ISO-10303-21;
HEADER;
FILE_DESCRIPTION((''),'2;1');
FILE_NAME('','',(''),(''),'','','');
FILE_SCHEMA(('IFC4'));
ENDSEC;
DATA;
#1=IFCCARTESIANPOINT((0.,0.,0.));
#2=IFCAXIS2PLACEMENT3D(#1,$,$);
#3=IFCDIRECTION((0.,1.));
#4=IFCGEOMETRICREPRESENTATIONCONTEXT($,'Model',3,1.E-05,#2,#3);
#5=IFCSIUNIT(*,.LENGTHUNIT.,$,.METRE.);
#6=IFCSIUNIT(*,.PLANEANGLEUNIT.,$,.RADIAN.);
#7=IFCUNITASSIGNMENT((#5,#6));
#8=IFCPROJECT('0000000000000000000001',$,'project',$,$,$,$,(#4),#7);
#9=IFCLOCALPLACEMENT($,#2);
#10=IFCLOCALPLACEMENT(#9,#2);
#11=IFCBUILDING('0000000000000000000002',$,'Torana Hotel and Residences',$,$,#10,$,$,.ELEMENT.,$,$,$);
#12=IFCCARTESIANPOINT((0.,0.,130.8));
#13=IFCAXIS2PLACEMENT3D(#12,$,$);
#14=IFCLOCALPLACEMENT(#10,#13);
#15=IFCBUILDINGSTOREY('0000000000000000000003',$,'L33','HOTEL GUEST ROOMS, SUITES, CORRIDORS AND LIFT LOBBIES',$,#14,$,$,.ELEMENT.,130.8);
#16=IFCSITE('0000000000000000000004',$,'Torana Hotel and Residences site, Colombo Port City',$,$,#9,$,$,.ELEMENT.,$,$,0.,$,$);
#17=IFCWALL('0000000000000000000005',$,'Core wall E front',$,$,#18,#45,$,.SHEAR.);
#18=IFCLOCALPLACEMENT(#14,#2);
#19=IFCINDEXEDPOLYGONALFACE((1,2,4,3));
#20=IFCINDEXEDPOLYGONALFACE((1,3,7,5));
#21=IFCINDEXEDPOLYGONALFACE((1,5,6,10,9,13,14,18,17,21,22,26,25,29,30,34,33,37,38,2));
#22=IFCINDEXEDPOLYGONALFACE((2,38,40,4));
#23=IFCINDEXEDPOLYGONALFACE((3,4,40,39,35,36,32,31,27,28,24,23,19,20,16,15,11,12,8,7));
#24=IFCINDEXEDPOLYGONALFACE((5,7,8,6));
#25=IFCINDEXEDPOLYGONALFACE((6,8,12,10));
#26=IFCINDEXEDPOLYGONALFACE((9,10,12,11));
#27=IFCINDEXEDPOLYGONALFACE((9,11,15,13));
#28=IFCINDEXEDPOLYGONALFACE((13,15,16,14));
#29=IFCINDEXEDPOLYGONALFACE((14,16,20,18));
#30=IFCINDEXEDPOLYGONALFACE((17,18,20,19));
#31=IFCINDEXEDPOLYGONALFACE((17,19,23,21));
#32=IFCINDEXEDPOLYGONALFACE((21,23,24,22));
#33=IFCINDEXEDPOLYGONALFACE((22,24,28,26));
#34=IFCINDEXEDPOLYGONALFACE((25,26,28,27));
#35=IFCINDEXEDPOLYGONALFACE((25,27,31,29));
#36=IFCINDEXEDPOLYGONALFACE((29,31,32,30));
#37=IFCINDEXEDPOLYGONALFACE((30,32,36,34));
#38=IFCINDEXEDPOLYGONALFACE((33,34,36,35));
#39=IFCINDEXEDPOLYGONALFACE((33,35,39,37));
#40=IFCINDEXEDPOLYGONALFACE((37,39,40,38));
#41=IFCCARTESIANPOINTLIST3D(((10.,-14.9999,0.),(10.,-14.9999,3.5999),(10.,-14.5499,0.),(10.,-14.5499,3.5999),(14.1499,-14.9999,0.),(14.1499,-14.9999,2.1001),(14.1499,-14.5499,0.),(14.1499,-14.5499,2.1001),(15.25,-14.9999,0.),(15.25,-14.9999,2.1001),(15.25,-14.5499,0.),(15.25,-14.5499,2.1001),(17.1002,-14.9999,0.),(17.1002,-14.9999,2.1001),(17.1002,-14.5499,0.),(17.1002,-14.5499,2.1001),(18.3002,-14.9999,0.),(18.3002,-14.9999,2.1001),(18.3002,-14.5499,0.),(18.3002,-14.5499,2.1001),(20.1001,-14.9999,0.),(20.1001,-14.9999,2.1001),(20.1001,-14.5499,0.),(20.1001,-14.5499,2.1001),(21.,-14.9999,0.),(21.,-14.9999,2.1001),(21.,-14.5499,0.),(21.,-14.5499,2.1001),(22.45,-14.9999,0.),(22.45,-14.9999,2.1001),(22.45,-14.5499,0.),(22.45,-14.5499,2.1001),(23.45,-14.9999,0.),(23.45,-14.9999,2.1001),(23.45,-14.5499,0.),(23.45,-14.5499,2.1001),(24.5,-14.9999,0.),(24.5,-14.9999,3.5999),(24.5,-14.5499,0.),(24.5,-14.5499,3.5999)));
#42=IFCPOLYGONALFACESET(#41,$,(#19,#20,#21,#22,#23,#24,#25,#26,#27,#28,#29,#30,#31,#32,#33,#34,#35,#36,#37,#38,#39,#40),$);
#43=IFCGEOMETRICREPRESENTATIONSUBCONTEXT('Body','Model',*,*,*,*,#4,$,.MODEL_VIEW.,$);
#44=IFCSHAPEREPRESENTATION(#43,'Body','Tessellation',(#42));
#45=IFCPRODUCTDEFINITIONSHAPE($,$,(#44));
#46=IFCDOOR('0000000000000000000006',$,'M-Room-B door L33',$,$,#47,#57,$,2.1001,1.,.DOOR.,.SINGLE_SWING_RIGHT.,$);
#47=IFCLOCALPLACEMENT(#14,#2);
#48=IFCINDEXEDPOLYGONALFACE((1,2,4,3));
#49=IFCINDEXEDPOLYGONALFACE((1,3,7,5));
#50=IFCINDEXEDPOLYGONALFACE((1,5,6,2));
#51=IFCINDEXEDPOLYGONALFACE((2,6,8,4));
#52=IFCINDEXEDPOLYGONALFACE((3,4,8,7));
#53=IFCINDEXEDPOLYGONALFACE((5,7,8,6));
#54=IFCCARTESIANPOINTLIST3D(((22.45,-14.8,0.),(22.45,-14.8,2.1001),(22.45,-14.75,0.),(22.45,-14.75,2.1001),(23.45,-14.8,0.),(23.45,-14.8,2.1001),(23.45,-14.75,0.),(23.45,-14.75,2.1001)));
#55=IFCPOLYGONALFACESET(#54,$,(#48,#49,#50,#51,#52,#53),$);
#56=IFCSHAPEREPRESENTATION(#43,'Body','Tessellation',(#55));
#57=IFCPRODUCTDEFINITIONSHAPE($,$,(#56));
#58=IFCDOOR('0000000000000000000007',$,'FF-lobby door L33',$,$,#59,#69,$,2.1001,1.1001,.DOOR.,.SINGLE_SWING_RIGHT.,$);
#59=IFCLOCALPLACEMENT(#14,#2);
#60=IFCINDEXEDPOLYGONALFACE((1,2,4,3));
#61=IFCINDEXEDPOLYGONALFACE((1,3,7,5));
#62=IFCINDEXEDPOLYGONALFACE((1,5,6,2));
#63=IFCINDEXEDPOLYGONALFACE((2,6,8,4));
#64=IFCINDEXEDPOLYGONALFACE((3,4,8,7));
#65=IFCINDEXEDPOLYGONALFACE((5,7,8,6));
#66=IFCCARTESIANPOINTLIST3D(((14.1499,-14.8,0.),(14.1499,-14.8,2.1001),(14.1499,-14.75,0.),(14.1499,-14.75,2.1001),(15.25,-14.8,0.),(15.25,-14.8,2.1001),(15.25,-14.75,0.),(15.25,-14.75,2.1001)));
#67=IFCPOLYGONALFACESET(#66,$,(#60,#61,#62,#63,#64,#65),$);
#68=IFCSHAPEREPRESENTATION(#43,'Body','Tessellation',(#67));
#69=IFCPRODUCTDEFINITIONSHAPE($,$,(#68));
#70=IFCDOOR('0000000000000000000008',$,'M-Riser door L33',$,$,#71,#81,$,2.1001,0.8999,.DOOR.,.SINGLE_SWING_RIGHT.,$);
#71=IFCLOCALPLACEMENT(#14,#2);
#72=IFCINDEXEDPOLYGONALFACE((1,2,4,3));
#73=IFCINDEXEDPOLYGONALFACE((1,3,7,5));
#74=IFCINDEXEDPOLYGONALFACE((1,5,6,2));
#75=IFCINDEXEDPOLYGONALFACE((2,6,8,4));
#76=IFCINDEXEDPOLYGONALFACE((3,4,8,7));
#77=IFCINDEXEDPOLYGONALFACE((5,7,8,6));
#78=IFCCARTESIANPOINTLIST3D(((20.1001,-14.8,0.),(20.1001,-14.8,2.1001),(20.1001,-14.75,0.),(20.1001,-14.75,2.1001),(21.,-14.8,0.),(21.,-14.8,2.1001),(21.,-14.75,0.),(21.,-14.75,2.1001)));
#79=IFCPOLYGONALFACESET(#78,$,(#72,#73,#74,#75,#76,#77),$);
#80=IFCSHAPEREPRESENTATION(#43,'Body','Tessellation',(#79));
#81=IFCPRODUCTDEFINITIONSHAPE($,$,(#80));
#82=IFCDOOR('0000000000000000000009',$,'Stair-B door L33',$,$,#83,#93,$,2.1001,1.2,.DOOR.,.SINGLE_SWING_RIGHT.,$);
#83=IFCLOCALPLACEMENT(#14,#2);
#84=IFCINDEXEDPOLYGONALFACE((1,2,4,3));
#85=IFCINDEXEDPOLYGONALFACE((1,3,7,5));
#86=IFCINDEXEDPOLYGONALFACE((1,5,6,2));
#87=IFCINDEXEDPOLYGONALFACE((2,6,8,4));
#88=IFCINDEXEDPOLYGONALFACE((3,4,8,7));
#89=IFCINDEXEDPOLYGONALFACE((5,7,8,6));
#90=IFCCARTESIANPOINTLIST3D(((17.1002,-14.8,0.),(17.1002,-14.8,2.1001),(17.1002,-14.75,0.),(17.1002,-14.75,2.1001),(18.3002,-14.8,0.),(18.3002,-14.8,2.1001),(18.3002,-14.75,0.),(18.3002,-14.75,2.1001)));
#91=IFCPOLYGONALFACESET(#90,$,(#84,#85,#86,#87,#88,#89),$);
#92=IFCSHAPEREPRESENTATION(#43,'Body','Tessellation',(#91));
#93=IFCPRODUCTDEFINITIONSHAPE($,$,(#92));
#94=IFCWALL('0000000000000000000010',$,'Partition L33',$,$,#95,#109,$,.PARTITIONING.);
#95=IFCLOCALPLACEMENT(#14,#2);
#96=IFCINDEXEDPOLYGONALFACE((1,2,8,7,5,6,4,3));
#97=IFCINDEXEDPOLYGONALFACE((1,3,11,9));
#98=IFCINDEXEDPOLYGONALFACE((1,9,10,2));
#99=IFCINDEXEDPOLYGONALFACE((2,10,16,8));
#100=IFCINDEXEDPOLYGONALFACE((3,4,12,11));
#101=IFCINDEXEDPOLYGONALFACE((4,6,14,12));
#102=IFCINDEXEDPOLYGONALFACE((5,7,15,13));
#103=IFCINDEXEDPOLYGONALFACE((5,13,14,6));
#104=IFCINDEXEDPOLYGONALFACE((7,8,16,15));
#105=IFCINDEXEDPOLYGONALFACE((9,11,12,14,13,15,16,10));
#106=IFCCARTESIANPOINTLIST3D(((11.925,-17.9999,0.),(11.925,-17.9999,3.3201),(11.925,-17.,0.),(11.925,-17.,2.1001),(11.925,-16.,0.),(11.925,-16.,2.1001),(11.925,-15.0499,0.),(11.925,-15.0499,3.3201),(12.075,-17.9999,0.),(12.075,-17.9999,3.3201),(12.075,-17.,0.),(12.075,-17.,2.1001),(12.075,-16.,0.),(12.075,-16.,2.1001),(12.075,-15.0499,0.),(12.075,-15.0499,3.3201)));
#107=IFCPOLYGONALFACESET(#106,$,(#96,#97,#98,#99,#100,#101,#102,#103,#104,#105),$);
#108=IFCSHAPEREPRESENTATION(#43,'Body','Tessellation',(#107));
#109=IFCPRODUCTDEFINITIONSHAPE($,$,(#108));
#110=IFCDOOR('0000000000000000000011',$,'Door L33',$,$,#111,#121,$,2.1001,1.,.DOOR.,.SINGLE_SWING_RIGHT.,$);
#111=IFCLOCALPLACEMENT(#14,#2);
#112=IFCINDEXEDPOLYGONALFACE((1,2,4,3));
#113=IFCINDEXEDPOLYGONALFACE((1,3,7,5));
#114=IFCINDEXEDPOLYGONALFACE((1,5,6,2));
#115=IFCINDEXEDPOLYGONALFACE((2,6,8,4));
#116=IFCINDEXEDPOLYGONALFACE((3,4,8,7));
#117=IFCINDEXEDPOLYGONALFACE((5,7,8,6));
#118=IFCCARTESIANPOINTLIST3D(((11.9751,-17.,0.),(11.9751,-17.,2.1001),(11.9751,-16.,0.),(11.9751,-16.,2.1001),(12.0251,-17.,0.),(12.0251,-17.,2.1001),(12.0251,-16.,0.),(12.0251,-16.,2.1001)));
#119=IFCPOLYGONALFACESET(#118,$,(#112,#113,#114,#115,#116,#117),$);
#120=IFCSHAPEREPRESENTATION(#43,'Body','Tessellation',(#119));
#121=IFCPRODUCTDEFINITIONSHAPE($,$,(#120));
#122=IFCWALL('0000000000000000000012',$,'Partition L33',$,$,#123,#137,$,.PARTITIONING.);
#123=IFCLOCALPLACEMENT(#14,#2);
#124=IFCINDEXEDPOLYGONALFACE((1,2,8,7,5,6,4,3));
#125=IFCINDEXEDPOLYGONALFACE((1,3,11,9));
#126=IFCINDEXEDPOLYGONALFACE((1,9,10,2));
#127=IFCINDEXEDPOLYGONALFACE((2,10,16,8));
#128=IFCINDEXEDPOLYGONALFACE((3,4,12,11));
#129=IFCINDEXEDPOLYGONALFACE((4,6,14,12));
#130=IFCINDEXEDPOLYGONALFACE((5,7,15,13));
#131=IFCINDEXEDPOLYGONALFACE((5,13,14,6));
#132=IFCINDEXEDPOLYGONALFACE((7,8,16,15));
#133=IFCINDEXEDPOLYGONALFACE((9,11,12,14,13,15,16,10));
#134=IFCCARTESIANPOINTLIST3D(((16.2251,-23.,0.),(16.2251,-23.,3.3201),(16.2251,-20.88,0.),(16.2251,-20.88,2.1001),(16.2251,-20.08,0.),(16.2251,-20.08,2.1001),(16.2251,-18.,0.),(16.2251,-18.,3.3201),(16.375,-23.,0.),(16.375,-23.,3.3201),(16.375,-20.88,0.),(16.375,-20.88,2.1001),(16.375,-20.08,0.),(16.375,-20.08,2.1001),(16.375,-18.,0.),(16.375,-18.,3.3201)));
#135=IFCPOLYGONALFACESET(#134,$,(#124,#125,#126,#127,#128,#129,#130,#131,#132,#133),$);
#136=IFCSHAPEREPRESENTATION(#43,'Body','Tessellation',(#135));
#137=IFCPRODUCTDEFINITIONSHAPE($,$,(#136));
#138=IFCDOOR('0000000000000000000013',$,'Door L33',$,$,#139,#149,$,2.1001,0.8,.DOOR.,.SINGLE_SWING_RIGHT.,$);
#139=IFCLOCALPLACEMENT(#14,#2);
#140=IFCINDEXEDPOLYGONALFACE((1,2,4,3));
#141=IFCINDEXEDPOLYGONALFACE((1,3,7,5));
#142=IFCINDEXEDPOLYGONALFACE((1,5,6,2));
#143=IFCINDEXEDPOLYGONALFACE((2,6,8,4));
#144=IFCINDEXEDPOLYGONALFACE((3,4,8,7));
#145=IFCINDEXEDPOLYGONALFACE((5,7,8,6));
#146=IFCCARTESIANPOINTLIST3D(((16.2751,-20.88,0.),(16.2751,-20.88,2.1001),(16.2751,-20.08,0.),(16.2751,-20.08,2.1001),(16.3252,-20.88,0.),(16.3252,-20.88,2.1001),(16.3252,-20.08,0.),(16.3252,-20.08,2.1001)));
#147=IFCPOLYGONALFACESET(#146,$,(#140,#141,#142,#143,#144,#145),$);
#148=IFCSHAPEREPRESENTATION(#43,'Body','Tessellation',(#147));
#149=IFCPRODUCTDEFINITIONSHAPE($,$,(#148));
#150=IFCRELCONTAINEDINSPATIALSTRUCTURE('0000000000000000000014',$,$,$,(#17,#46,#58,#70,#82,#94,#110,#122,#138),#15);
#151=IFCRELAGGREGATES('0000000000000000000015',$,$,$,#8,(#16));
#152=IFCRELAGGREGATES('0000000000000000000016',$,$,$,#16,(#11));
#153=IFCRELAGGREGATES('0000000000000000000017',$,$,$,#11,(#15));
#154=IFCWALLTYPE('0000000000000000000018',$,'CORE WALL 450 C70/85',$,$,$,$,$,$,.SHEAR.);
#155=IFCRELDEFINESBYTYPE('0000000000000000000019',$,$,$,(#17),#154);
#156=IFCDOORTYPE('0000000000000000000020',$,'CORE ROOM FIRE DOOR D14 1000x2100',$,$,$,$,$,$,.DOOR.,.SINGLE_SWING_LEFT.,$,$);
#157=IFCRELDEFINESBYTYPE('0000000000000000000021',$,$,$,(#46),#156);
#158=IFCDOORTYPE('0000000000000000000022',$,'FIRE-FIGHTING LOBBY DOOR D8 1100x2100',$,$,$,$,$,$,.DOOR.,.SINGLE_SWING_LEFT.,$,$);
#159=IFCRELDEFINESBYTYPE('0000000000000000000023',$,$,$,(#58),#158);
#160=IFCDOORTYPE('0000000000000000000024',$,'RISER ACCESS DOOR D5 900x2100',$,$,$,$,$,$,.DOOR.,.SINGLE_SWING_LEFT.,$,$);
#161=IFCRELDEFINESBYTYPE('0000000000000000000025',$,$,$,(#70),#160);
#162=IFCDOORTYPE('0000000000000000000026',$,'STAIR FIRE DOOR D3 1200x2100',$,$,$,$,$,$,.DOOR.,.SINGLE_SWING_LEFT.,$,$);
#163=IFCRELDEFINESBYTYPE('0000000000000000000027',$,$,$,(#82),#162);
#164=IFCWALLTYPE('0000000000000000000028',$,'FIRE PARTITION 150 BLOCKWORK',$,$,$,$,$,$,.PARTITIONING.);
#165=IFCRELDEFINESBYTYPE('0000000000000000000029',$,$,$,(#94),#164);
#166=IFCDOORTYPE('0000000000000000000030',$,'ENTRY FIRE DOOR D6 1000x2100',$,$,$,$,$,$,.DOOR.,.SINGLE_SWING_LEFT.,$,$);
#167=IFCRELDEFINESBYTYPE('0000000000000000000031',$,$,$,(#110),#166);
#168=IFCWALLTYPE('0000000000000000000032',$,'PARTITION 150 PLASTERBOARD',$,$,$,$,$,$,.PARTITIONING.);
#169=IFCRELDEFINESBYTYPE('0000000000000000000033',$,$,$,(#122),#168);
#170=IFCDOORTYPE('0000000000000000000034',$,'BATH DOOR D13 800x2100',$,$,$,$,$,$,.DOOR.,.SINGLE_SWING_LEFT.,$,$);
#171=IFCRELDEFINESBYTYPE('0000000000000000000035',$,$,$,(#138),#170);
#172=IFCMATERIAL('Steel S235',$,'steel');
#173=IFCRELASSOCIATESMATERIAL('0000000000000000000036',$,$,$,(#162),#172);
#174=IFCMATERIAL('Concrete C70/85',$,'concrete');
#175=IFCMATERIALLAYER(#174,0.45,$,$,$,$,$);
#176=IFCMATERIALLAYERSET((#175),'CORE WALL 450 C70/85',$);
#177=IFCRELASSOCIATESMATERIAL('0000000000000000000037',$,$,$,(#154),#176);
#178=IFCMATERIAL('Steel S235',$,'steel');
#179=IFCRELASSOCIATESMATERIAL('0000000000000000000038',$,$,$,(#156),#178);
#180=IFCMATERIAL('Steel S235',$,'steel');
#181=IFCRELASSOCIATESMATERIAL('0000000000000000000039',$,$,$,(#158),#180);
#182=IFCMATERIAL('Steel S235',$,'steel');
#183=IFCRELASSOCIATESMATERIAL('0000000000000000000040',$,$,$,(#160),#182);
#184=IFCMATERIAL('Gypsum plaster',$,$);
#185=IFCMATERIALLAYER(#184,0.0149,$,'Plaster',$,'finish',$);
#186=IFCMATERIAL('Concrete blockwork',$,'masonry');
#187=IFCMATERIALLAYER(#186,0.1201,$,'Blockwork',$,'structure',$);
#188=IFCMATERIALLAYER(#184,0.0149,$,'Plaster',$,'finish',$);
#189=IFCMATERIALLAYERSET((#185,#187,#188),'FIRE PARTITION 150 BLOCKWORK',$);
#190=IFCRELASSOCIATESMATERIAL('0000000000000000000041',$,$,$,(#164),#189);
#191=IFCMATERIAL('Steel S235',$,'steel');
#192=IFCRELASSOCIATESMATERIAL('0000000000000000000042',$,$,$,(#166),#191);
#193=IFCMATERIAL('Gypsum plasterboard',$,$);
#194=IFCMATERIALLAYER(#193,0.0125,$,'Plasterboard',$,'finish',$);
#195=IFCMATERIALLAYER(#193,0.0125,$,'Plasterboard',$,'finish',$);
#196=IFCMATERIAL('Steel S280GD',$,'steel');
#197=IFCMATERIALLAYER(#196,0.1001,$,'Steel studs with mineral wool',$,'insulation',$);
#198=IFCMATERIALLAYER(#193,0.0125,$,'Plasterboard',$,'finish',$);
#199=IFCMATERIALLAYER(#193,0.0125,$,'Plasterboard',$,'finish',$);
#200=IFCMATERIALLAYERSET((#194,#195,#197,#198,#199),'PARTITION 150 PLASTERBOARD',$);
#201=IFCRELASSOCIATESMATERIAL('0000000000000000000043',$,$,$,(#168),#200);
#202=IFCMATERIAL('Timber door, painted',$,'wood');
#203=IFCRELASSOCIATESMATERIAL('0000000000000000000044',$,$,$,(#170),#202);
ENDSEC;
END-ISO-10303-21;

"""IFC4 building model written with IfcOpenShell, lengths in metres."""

from ifc_helpers import new_model, si_unit, direction, frame, frame_2d, origin, place, context, subcontext, project, spatial, rectangle, extrude, material, layer, layer_set, type_object, element, fill, save


model = new_model("IFC4")

# Units and contexts
model_context = context("Model", 3, precision=1e-05, world=origin(), true_north=direction((0.0, 1.0)))
body_context = subcontext(model_context, "Body", "Model", "MODEL_VIEW")
ifc_project = project(units=[si_unit("LENGTHUNIT", "METRE"), si_unit("PLANEANGLEUNIT", "RADIAN")], contexts=[model_context])

# Site, building, storey
site_placement = place(None, origin())
site = spatial("IfcSite", under=ifc_project, at=site_placement, Name="Torana Hotel and Residences site, Colombo Port City", CompositionType="ELEMENT", RefElevation=0.0)
building_placement = place(site_placement, origin())
building = spatial("IfcBuilding", under=site, at=building_placement, Name="Torana Hotel and Residences", CompositionType="ELEMENT")
storey_placement = place(building_placement, frame((0.0, 0.0, 130.8)))
storey = spatial("IfcBuildingStorey", under=building, at=storey_placement, Name="L33", Description="HOTEL GUEST ROOMS, SUITES, CORRIDORS AND LIFT LOBBIES", CompositionType="ELEMENT", Elevation=130.8)

# Shared definitions
ifc_material_1 = material(Name="Steel S235", Category="steel")
door_type_1 = type_object("IfcDoorType", Name="STAIR FIRE DOOR D3 1200x2100", OperationType="SINGLE_SWING_LEFT", PredefinedType="DOOR", material=ifc_material_1)

# Wall, openings, doors
ifc_material_2 = material(Name="Concrete C70/85", Category="concrete")
ifc_layer_1 = layer(ifc_material_2, 0.45)
ifc_layer_set_1 = layer_set([ifc_layer_1], Name="CORE WALL 450 C70/85")
wall_type_1 = type_object("IfcWallType", Name="CORE WALL 450 C70/85", PredefinedType="SHEAR", material=ifc_layer_set_1)
wall_1_placement = place(storey_placement, frame((10.0, -14.7749, 0.0), z_axis=(0.0, 0.0, 1.0), x_axis=(1.0, 0.0, 0.0)))
wall_1 = element("IfcWall", 1, at=wall_1_placement, inside=storey, type_object=wall_type_1, Name="Core wall E front", PredefinedType="SHEAR", context=body_context, shape_type="SweptSolid", body=[
    extrude(rectangle(XDim=14.5, YDim=0.45, at=frame_2d((7.25, 0.0))), origin(), (0.0, 0.0, 1.0), 3.5999),
])
opening_1_placement = place(wall_1_placement, frame((7.1001, 0.0, 0.0)))
opening_1 = element("IfcOpeningElement", 2, at=opening_1_placement, cuts=wall_1, PredefinedType="OPENING", context=body_context, shape_type="SweptSolid", body=[
    extrude(rectangle(XDim=1.2, YDim=2.1001, at=frame_2d((0.6001, 1.05))), frame((0.0, 0.2349, 0.0), z_axis=(0.0, -1.0, 0.0), x_axis=(1.0, 0.0, 0.0)), (0.0, 0.0, 1.0), 0.47),
])
opening_2_placement = place(wall_1_placement, frame((4.1499, 0.0, 0.0)))
opening_2 = element("IfcOpeningElement", 3, at=opening_2_placement, cuts=wall_1, PredefinedType="OPENING", context=body_context, shape_type="SweptSolid", body=[
    extrude(rectangle(XDim=1.1001, YDim=2.1001, at=frame_2d((0.55, 1.05))), frame((0.0, 0.2349, 0.0), z_axis=(0.0, -1.0, 0.0), x_axis=(1.0, 0.0, 0.0)), (0.0, 0.0, 1.0), 0.47),
])
opening_3_placement = place(wall_1_placement, frame((10.1001, 0.0, 0.0)))
opening_3 = element("IfcOpeningElement", 4, at=opening_3_placement, cuts=wall_1, PredefinedType="OPENING", context=body_context, shape_type="SweptSolid", body=[
    extrude(rectangle(XDim=0.8999, YDim=2.1001, at=frame_2d((0.45, 1.05))), frame((0.0, 0.2349, 0.0), z_axis=(0.0, -1.0, 0.0), x_axis=(1.0, 0.0, 0.0)), (0.0, 0.0, 1.0), 0.47),
])
opening_4_placement = place(wall_1_placement, frame((12.45, 0.0, 0.0)))
opening_4 = element("IfcOpeningElement", 5, at=opening_4_placement, cuts=wall_1, PredefinedType="OPENING", context=body_context, shape_type="SweptSolid", body=[
    extrude(rectangle(XDim=1.0, YDim=2.1001, at=frame_2d((0.5, 1.05))), frame((0.0, 0.2349, 0.0), z_axis=(0.0, -1.0, 0.0), x_axis=(1.0, 0.0, 0.0)), (0.0, 0.0, 1.0), 0.47),
])
ifc_material_3 = material(Name="Steel S235", Category="steel")
door_type_2 = type_object("IfcDoorType", Name="CORE ROOM FIRE DOOR D14 1000x2100", OperationType="SINGLE_SWING_LEFT", PredefinedType="DOOR", material=ifc_material_3)
door_1_placement = place(opening_4_placement, origin())
door_1 = element("IfcDoor", 6, at=door_1_placement, inside=storey, type_object=door_type_2, Name="M-Room-B door L33", OperationType="SINGLE_SWING_RIGHT", OverallHeight=2.1001, OverallWidth=1.0, PredefinedType="DOOR", context=body_context, shape_type="SweptSolid", body=[
    extrude(rectangle(XDim=1.0, YDim=2.1001, at=frame_2d((0.5, 1.05))), frame((0.0, 0.0249, 0.0), z_axis=(0.0, -1.0, 0.0), x_axis=(1.0, 0.0, 0.0)), (0.0, 0.0, 1.0), 0.05),
])
fill(opening_4, door_1)
ifc_material_4 = material(Name="Steel S235", Category="steel")
door_type_3 = type_object("IfcDoorType", Name="FIRE-FIGHTING LOBBY DOOR D8 1100x2100", OperationType="SINGLE_SWING_LEFT", PredefinedType="DOOR", material=ifc_material_4)
door_2_placement = place(opening_2_placement, origin())
door_2 = element("IfcDoor", 7, at=door_2_placement, inside=storey, type_object=door_type_3, Name="FF-lobby door L33", OperationType="SINGLE_SWING_RIGHT", OverallHeight=2.1001, OverallWidth=1.1001, PredefinedType="DOOR", context=body_context, shape_type="SweptSolid", body=[
    extrude(rectangle(XDim=1.1001, YDim=2.1001, at=frame_2d((0.55, 1.05))), frame((0.0, 0.0249, 0.0), z_axis=(0.0, -1.0, 0.0), x_axis=(1.0, 0.0, 0.0)), (0.0, 0.0, 1.0), 0.05),
])
fill(opening_2, door_2)
ifc_material_5 = material(Name="Steel S235", Category="steel")
door_type_4 = type_object("IfcDoorType", Name="RISER ACCESS DOOR D5 900x2100", OperationType="SINGLE_SWING_LEFT", PredefinedType="DOOR", material=ifc_material_5)
door_3_placement = place(opening_3_placement, origin())
door_3 = element("IfcDoor", 8, at=door_3_placement, inside=storey, type_object=door_type_4, Name="M-Riser door L33", OperationType="SINGLE_SWING_RIGHT", OverallHeight=2.1001, OverallWidth=0.8999, PredefinedType="DOOR", context=body_context, shape_type="SweptSolid", body=[
    extrude(rectangle(XDim=0.8999, YDim=2.1001, at=frame_2d((0.45, 1.05))), frame((0.0, 0.0249, 0.0), z_axis=(0.0, -1.0, 0.0), x_axis=(1.0, 0.0, 0.0)), (0.0, 0.0, 1.0), 0.05),
])
fill(opening_3, door_3)
door_4_placement = place(opening_1_placement, origin())
door_4 = element("IfcDoor", 9, at=door_4_placement, inside=storey, type_object=door_type_1, Name="Stair-B door L33", OperationType="SINGLE_SWING_RIGHT", OverallHeight=2.1001, OverallWidth=1.2, PredefinedType="DOOR", context=body_context, shape_type="SweptSolid", body=[
    extrude(rectangle(XDim=1.2, YDim=2.1001, at=frame_2d((0.6001, 1.05))), frame((0.0, 0.0249, 0.0), z_axis=(0.0, -1.0, 0.0), x_axis=(1.0, 0.0, 0.0)), (0.0, 0.0, 1.0), 0.05),
])
fill(opening_1, door_4)

# Walls, openings, doors
ifc_material_6 = material(Name="Gypsum plaster")
ifc_layer_2 = layer(ifc_material_6, 0.0149, Name="Plaster", Category="finish")
ifc_material_7 = material(Name="Concrete blockwork", Category="masonry")
ifc_layer_3 = layer(ifc_material_7, 0.1201, Name="Blockwork", Category="structure")
ifc_layer_4 = layer(ifc_material_6, 0.0149, Name="Plaster", Category="finish")
ifc_layer_set_2 = layer_set([ifc_layer_2, ifc_layer_3, ifc_layer_4], Name="FIRE PARTITION 150 BLOCKWORK")
wall_type_2 = type_object("IfcWallType", Name="FIRE PARTITION 150 BLOCKWORK", PredefinedType="PARTITIONING", material=ifc_layer_set_2)
wall_2_placement = place(storey_placement, frame((12.0, -18.0, 0.0), z_axis=(0.0, 0.0, 1.0), x_axis=(0.0, 1.0, 0.0)))
wall_2 = element("IfcWall", 10, at=wall_2_placement, inside=storey, type_object=wall_type_2, Name="Partition L33", PredefinedType="PARTITIONING", context=body_context, shape_type="SweptSolid", body=[
    extrude(rectangle(XDim=2.95, YDim=0.1499, at=frame_2d((1.4751, 0.0))), origin(), (0.0, 0.0, 1.0), 3.3201),
])
opening_5_placement = place(wall_2_placement, frame((1.0, 0.0, 0.0)))
opening_5 = element("IfcOpeningElement", 11, at=opening_5_placement, cuts=wall_2, PredefinedType="OPENING", context=body_context, shape_type="SweptSolid", body=[
    extrude(rectangle(XDim=1.0, YDim=2.1001, at=frame_2d((0.5, 1.05))), frame((0.0, 0.085, 0.0), z_axis=(0.0, -1.0, 0.0), x_axis=(1.0, 0.0, 0.0)), (0.0, 0.0, 1.0), 0.1699),
])
ifc_material_8 = material(Name="Steel S235", Category="steel")
door_type_5 = type_object("IfcDoorType", Name="ENTRY FIRE DOOR D6 1000x2100", OperationType="SINGLE_SWING_LEFT", PredefinedType="DOOR", material=ifc_material_8)
door_5_placement = place(opening_5_placement, origin())
door_5 = element("IfcDoor", 12, at=door_5_placement, inside=storey, type_object=door_type_5, Name="Door L33", OperationType="SINGLE_SWING_RIGHT", OverallHeight=2.1001, OverallWidth=1.0, PredefinedType="DOOR", context=body_context, shape_type="SweptSolid", body=[
    extrude(rectangle(XDim=1.0, YDim=2.1001, at=frame_2d((0.5, 1.05))), frame((0.0, 0.0249, 0.0), z_axis=(0.0, -1.0, 0.0), x_axis=(1.0, 0.0, 0.0)), (0.0, 0.0, 1.0), 0.05),
])
fill(opening_5, door_5)
ifc_material_9 = material(Name="Gypsum plasterboard")
ifc_layer_5 = layer(ifc_material_9, 0.0125, Name="Plasterboard", Category="finish")
ifc_layer_6 = layer(ifc_material_9, 0.0125, Name="Plasterboard", Category="finish")
ifc_material_10 = material(Name="Steel S280GD", Category="steel")
ifc_layer_7 = layer(ifc_material_10, 0.1001, Name="Steel studs with mineral wool", Category="insulation")
ifc_layer_8 = layer(ifc_material_9, 0.0125, Name="Plasterboard", Category="finish")
ifc_layer_9 = layer(ifc_material_9, 0.0125, Name="Plasterboard", Category="finish")
ifc_layer_set_3 = layer_set([ifc_layer_5, ifc_layer_6, ifc_layer_7, ifc_layer_8, ifc_layer_9], Name="PARTITION 150 PLASTERBOARD")
wall_type_3 = type_object("IfcWallType", Name="PARTITION 150 PLASTERBOARD", PredefinedType="PARTITIONING", material=ifc_layer_set_3)
wall_3_placement = place(storey_placement, frame((16.3, -23.0, 0.0), z_axis=(0.0, 0.0, 1.0), x_axis=(0.0, 1.0, 0.0)))
wall_3 = element("IfcWall", 13, at=wall_3_placement, inside=storey, type_object=wall_type_3, Name="Partition L33", PredefinedType="PARTITIONING", context=body_context, shape_type="SweptSolid", body=[
    extrude(rectangle(XDim=5.0, YDim=0.1499, at=frame_2d((2.5, 0.0))), origin(), (0.0, 0.0, 1.0), 3.3201),
])
opening_6_placement = place(wall_3_placement, frame((2.1201, 0.0, 0.0)))
opening_6 = element("IfcOpeningElement", 14, at=opening_6_placement, cuts=wall_3, PredefinedType="OPENING", context=body_context, shape_type="SweptSolid", body=[
    extrude(rectangle(XDim=0.8, YDim=2.1001, at=frame_2d((0.3999, 1.05))), frame((0.0, 0.085, 0.0), z_axis=(0.0, -1.0, 0.0), x_axis=(1.0, 0.0, 0.0)), (0.0, 0.0, 1.0), 0.1699),
])
ifc_material_11 = material(Name="Timber door, painted", Category="wood")
door_type_6 = type_object("IfcDoorType", Name="BATH DOOR D13 800x2100", OperationType="SINGLE_SWING_LEFT", PredefinedType="DOOR", material=ifc_material_11)
door_6_placement = place(opening_6_placement, origin())
door_6 = element("IfcDoor", 15, at=door_6_placement, inside=storey, type_object=door_type_6, Name="Door L33", OperationType="SINGLE_SWING_RIGHT", OverallHeight=2.1001, OverallWidth=0.8, PredefinedType="DOOR", context=body_context, shape_type="SweptSolid", body=[
    extrude(rectangle(XDim=0.8, YDim=2.1001, at=frame_2d((0.3999, 1.05))), frame((0.0, 0.0249, 0.0), z_axis=(0.0, -1.0, 0.0), x_axis=(1.0, 0.0, 0.0)), (0.0, 0.0, 1.0), 0.05),
])
fill(opening_6, door_6)

save(model, "model.ifc")
